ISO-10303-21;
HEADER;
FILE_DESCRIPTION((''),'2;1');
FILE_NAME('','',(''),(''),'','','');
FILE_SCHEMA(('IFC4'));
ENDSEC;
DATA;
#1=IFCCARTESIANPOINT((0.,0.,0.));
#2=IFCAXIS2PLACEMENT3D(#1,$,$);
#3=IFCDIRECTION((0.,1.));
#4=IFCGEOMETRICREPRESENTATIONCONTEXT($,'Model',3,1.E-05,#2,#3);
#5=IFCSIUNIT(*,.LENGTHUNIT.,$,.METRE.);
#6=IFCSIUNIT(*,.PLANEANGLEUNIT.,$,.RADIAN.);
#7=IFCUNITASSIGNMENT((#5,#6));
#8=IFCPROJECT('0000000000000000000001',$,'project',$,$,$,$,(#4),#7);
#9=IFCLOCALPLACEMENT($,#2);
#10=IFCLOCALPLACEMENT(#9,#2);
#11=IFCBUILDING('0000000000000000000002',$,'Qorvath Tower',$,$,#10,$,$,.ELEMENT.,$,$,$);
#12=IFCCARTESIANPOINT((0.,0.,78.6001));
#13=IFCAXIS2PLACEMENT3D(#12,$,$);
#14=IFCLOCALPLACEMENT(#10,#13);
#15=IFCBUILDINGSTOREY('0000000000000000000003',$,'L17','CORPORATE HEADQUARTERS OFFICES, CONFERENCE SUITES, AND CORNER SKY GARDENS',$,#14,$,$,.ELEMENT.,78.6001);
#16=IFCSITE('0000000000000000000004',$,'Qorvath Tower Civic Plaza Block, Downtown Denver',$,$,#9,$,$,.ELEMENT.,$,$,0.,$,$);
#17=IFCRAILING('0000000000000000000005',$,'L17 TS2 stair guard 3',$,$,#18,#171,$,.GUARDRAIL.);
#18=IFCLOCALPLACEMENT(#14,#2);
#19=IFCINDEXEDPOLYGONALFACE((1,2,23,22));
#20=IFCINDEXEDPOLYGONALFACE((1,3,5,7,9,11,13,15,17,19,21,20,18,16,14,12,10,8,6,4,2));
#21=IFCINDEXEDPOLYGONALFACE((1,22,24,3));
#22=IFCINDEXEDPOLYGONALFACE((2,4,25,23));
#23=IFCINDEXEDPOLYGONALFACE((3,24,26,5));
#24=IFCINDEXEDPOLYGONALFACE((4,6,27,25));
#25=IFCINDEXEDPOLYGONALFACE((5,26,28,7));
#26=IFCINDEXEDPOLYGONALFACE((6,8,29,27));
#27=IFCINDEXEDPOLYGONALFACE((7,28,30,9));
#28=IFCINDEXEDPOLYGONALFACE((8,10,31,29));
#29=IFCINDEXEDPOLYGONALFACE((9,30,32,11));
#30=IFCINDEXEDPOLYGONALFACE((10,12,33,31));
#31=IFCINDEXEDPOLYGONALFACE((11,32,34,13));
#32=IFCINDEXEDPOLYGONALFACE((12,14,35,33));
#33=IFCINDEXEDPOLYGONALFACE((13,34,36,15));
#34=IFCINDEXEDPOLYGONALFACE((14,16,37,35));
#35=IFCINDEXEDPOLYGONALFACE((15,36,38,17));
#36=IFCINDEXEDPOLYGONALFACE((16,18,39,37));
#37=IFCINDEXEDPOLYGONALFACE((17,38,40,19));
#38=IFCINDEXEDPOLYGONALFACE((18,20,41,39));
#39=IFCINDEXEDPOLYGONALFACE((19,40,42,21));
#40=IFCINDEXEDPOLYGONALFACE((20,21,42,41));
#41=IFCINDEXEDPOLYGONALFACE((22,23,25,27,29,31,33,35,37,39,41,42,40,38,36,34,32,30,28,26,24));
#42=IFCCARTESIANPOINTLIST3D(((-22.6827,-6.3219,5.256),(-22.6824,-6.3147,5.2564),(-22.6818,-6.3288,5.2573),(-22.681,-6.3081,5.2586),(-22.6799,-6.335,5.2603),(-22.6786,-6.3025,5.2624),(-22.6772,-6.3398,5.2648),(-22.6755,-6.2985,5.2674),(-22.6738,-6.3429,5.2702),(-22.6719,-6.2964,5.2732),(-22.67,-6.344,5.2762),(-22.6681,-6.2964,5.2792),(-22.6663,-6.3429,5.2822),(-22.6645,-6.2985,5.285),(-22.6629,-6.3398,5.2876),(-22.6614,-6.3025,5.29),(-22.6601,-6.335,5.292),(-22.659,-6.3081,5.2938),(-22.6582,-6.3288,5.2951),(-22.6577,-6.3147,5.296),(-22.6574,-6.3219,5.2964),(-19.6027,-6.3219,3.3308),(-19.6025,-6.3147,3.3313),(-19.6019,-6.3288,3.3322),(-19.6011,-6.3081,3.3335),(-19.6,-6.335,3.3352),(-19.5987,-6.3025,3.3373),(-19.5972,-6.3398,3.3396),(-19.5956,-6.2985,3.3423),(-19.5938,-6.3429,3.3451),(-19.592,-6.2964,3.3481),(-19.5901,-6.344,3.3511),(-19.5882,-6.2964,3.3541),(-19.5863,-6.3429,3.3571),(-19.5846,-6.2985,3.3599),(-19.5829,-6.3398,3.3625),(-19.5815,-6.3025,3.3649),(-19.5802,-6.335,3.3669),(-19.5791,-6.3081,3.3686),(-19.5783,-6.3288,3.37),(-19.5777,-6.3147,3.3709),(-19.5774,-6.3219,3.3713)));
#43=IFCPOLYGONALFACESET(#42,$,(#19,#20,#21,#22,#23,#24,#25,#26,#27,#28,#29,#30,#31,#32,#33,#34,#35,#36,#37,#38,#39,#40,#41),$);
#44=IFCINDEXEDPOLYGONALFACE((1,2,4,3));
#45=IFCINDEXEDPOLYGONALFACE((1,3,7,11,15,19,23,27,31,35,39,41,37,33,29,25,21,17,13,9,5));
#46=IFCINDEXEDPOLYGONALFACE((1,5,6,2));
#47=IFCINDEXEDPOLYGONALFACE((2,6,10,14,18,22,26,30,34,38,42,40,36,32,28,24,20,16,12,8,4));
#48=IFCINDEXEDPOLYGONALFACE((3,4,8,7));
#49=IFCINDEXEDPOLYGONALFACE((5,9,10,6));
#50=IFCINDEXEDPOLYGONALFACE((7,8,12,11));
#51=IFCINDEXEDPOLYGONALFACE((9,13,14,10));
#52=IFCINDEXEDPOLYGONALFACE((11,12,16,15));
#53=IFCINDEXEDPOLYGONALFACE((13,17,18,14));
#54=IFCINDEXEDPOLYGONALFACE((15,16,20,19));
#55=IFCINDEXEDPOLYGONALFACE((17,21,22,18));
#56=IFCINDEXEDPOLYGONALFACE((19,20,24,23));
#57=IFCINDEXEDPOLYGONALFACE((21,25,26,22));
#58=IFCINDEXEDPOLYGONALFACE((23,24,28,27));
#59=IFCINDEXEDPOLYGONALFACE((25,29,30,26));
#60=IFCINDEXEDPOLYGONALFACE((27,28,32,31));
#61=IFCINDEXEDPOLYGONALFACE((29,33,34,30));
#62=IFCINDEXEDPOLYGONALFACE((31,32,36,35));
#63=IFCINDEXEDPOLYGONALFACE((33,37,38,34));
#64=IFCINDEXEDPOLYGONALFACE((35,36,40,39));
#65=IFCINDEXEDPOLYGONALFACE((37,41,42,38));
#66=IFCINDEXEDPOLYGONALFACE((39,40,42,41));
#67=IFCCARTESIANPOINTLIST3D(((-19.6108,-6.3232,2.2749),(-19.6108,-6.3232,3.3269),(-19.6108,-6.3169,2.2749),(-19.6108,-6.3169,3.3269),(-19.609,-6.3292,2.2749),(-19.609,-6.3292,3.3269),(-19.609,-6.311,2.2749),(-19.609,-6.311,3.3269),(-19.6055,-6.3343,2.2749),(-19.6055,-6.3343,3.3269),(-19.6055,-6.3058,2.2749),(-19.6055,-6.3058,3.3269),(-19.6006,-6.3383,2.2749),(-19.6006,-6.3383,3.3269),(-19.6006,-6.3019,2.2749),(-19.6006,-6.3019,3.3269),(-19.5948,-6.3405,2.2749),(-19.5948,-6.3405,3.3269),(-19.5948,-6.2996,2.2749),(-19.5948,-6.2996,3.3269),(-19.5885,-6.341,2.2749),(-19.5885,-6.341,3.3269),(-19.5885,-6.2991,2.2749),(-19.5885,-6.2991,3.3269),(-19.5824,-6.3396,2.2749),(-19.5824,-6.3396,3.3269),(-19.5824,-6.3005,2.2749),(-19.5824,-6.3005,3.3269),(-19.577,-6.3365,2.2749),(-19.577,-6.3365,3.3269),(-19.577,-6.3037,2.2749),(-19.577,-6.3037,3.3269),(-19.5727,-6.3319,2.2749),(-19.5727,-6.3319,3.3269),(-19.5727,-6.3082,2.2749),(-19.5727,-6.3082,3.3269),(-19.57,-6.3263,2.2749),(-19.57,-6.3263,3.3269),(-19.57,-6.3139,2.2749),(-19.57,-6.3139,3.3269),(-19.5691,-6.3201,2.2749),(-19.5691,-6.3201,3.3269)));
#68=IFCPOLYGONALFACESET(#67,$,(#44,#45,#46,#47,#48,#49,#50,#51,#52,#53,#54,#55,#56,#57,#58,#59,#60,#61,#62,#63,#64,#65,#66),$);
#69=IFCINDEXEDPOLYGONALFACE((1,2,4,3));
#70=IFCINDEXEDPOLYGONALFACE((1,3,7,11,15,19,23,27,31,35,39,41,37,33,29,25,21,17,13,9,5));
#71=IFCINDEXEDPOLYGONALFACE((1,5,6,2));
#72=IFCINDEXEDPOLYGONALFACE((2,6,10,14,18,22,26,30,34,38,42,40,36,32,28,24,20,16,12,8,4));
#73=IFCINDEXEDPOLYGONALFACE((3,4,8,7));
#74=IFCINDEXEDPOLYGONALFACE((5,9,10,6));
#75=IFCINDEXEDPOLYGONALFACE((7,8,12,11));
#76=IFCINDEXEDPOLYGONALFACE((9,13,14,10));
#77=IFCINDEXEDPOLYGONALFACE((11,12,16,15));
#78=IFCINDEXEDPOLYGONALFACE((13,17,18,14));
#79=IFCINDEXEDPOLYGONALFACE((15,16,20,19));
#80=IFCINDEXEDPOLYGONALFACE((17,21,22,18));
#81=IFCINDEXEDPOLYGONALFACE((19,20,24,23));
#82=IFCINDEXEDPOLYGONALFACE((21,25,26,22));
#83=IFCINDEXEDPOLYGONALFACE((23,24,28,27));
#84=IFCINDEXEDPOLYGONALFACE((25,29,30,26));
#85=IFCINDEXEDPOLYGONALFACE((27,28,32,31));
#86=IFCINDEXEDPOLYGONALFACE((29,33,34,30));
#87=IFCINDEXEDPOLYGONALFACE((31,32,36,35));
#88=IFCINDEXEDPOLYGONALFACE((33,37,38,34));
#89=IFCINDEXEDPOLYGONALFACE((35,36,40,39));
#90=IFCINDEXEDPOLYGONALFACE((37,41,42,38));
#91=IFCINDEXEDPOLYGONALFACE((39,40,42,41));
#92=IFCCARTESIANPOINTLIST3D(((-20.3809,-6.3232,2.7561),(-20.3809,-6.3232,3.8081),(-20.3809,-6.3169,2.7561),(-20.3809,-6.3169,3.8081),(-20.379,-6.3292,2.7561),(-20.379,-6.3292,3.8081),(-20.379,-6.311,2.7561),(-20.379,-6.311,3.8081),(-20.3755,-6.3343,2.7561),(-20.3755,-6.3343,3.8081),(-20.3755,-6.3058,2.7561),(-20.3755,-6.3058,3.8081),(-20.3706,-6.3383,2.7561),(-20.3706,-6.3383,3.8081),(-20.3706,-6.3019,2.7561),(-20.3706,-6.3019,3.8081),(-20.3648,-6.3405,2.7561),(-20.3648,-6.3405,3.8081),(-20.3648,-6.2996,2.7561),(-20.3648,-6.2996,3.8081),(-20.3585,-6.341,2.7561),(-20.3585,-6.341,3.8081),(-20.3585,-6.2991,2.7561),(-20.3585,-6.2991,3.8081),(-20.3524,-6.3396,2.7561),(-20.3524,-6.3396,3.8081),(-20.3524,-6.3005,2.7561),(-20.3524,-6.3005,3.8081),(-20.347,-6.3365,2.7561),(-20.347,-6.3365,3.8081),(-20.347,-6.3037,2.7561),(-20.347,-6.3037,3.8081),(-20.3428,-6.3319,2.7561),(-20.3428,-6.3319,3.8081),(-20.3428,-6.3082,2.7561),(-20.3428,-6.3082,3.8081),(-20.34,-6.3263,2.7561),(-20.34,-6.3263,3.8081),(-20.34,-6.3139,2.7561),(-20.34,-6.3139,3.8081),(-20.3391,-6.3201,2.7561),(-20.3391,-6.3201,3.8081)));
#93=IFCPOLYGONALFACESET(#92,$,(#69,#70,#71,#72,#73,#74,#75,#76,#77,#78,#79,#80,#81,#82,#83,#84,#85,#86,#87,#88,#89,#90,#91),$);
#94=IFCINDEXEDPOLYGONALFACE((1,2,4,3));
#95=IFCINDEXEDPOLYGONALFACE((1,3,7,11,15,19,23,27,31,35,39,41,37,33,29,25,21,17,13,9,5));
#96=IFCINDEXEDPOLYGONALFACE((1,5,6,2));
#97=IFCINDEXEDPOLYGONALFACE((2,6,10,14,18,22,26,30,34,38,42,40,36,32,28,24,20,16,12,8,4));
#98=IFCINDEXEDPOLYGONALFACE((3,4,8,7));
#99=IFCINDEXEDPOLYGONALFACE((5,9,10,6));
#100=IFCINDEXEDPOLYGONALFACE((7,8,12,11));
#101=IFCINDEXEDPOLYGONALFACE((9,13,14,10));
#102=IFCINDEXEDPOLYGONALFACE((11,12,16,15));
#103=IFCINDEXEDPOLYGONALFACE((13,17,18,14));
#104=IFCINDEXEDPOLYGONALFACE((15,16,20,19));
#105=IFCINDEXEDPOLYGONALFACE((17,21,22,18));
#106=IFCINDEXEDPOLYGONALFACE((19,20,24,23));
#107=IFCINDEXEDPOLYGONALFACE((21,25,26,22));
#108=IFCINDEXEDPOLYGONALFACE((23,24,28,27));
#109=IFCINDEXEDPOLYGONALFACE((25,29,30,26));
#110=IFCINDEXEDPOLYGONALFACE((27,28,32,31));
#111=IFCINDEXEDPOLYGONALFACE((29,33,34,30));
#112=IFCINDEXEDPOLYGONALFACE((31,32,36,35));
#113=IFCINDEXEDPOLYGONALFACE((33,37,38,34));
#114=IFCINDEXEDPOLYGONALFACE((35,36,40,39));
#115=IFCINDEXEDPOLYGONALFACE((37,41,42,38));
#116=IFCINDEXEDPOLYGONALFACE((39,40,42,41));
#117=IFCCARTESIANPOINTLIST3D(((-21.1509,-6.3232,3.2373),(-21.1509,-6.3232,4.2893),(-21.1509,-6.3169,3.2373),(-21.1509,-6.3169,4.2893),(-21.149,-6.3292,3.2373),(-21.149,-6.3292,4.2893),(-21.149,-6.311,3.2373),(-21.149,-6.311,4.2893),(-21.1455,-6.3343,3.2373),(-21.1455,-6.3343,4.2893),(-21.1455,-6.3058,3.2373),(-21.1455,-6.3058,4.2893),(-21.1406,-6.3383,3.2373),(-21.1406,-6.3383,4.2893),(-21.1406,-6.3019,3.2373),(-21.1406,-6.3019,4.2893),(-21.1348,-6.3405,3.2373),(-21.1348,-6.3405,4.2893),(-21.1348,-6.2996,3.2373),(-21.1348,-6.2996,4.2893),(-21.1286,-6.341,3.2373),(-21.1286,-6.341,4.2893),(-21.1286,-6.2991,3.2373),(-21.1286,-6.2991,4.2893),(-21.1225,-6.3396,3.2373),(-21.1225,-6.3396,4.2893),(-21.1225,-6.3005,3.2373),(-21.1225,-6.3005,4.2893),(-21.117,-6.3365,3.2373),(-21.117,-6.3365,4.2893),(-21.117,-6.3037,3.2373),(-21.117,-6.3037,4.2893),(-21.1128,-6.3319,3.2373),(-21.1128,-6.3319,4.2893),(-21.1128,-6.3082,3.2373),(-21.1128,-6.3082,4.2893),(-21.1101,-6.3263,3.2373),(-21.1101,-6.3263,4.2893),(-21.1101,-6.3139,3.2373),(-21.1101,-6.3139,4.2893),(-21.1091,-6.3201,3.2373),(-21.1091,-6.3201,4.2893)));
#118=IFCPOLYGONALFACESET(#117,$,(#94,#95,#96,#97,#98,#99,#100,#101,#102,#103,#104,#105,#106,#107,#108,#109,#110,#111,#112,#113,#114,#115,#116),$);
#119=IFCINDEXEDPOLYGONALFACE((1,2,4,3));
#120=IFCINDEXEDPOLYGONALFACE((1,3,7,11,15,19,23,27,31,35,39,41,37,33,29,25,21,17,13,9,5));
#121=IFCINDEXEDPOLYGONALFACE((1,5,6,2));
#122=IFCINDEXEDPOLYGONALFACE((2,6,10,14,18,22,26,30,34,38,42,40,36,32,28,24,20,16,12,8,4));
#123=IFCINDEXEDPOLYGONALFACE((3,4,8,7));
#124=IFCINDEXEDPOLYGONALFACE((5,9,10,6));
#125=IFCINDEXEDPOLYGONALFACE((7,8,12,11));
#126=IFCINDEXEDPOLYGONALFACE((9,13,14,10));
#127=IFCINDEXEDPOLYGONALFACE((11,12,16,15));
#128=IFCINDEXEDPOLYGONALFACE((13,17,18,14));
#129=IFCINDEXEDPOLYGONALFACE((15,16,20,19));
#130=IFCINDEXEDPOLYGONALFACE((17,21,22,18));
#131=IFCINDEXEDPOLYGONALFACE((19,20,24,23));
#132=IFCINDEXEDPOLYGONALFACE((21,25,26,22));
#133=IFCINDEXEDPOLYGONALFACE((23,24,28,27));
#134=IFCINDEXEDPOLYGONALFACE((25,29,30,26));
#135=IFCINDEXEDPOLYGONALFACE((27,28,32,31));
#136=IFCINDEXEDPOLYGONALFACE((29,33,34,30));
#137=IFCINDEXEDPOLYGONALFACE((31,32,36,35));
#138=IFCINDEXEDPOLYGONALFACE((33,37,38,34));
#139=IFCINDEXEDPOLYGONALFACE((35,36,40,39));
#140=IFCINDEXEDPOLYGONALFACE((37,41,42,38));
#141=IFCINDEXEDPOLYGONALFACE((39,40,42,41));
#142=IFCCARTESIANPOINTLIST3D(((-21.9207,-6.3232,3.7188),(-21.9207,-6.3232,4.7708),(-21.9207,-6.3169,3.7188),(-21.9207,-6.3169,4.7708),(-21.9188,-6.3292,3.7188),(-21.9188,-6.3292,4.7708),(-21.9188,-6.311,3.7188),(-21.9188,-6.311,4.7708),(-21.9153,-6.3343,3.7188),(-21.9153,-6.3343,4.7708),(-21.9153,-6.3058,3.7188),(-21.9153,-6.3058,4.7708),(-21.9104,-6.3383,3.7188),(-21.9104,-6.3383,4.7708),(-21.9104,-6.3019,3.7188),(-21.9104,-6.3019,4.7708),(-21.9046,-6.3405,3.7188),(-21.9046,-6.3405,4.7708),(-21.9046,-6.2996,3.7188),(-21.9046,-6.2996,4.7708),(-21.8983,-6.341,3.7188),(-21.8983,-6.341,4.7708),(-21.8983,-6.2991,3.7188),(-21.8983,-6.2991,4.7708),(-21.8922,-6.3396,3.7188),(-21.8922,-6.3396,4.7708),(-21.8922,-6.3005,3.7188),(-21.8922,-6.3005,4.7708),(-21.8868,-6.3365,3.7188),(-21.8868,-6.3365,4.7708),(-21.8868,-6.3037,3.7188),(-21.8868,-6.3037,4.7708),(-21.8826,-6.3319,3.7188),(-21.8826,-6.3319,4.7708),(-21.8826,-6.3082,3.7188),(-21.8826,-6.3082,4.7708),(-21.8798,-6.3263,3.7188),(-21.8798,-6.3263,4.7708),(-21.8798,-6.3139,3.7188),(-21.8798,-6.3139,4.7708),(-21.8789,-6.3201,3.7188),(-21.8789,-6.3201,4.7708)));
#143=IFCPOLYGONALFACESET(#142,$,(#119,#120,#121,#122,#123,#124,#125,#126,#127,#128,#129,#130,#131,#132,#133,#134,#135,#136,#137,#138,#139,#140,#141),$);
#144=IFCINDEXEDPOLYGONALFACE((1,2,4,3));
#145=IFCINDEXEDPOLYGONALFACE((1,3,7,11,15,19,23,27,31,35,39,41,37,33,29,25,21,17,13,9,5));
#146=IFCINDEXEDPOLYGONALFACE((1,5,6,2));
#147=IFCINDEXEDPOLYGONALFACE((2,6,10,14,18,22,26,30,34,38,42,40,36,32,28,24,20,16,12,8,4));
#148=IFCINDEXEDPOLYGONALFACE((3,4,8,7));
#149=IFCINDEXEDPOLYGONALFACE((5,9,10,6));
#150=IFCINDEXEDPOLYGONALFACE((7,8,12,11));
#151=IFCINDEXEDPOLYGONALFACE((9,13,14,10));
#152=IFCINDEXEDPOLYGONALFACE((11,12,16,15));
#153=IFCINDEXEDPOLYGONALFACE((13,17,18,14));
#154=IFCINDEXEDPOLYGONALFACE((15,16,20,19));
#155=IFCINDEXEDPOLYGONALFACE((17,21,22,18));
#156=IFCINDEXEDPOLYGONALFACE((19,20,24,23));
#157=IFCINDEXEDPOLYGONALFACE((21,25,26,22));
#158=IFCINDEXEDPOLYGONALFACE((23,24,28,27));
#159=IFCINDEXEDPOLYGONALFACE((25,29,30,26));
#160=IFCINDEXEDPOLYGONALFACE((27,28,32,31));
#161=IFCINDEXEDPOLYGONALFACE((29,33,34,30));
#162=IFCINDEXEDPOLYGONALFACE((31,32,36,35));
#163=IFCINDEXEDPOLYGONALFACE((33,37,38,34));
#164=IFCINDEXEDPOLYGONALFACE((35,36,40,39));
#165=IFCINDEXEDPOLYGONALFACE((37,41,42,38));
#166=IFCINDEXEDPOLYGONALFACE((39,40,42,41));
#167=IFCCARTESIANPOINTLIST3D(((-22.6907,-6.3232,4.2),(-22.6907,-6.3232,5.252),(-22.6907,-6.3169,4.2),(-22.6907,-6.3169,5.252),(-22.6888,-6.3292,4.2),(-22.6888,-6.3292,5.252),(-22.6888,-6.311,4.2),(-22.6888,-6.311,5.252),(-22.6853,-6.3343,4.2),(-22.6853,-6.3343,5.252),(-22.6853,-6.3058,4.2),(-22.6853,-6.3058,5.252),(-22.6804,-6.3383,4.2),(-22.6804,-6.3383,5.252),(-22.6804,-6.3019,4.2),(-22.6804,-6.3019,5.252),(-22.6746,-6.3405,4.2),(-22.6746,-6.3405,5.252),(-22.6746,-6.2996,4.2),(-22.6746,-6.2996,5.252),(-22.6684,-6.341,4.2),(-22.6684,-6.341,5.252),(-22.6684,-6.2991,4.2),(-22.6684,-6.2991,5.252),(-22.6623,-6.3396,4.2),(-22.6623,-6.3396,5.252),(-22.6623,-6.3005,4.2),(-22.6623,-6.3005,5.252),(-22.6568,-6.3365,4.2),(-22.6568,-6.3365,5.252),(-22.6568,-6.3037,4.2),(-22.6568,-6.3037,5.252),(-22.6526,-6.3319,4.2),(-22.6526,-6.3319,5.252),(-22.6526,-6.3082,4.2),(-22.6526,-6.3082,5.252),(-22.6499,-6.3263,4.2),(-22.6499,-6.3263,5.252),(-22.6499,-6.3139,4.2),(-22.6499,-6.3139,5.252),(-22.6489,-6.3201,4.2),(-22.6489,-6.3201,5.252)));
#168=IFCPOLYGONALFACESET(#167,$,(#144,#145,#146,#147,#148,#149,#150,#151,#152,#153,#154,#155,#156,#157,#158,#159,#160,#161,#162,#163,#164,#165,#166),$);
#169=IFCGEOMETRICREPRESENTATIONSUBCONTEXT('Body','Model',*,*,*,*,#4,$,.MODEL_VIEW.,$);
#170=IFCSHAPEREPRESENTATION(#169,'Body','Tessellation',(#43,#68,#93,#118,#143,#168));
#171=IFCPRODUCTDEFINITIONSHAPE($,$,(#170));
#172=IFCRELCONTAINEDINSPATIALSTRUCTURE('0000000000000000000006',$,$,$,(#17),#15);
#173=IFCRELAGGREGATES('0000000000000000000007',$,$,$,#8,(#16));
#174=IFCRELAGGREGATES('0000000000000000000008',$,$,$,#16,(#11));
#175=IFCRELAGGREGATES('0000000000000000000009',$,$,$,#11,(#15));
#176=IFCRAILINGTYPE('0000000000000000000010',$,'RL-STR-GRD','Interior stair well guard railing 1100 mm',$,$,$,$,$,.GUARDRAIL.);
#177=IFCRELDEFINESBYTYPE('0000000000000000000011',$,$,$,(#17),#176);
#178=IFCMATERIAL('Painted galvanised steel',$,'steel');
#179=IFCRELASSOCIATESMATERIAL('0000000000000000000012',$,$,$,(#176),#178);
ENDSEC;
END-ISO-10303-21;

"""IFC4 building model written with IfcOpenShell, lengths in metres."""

from ifc_helpers import new_model, si_unit, direction, frame, origin, origin_2d, place, context, subcontext, project, spatial, circle, extrude, material, type_object, element, save


model = new_model("IFC4")

# Units and contexts
model_context = context("Model", 3, precision=1e-05, world=origin(), true_north=direction((0.0, 1.0)))
body_context = subcontext(model_context, "Body", "Model", "MODEL_VIEW")
ifc_project = project(units=[si_unit("LENGTHUNIT", "METRE"), si_unit("PLANEANGLEUNIT", "RADIAN")], contexts=[model_context])

# Site, building, storey
site_placement = place(None, origin())
site = spatial("IfcSite", under=ifc_project, at=site_placement, Name="Qorvath Tower Civic Plaza Block, Downtown Denver", CompositionType="ELEMENT", RefElevation=0.0)
building_placement = place(site_placement, origin())
building = spatial("IfcBuilding", under=site, at=building_placement, Name="Qorvath Tower", CompositionType="ELEMENT")
storey_placement = place(building_placement, frame((0.0, 0.0, 78.6001)))
storey = spatial("IfcBuildingStorey", under=building, at=storey_placement, Name="L17", Description="CORPORATE HEADQUARTERS OFFICES, CONFERENCE SUITES, AND CORNER SKY GARDENS", CompositionType="ELEMENT", Elevation=78.6001)

# Railing
ifc_material_1 = material(Name="Painted galvanised steel", Category="steel")
railing_type_1 = type_object("IfcRailingType", Name="RL-STR-GRD", Description="Interior stair well guard railing 1100 mm", PredefinedType="GUARDRAIL", material=ifc_material_1)
railing_1_placement = place(storey_placement, frame((-19.5901, -6.3201, 2.2749)))
element("IfcRailing", 1, at=railing_1_placement, inside=storey, type_object=railing_type_1, Name="L17 TS2 stair guard 3", PredefinedType="GUARDRAIL", context=body_context, shape_type="SweptSolid", body=[
    extrude(circle(Radius=0.0239, at=origin_2d()), frame((0.0, 0.0, 1.0762), z_axis=(-0.847979, 0.0, 0.530029), x_axis=(0.0, -1.0, 0.0)), (0.0, 0.0, 1.0), 3.6321),
    extrude(circle(Radius=0.021, at=origin_2d()), origin(), (0.0, 0.0, 1.0), 1.052),
    extrude(circle(Radius=0.021, at=origin_2d()), frame((-0.77, 0.0, 0.4812)), (0.0, 0.0, 1.0), 1.052),
    extrude(circle(Radius=0.021, at=origin_2d()), frame((-1.54, 0.0, 0.9624)), (0.0, 0.0, 1.0), 1.052),
    extrude(circle(Radius=0.021, at=origin_2d()), frame((-2.3098, 0.0, 1.4438)), (0.0, 0.0, 1.0), 1.052),
    extrude(circle(Radius=0.021, at=origin_2d()), frame((-3.0798, 0.0, 1.925)), (0.0, 0.0, 1.0), 1.052),
])

save(model, "model.ifc")
